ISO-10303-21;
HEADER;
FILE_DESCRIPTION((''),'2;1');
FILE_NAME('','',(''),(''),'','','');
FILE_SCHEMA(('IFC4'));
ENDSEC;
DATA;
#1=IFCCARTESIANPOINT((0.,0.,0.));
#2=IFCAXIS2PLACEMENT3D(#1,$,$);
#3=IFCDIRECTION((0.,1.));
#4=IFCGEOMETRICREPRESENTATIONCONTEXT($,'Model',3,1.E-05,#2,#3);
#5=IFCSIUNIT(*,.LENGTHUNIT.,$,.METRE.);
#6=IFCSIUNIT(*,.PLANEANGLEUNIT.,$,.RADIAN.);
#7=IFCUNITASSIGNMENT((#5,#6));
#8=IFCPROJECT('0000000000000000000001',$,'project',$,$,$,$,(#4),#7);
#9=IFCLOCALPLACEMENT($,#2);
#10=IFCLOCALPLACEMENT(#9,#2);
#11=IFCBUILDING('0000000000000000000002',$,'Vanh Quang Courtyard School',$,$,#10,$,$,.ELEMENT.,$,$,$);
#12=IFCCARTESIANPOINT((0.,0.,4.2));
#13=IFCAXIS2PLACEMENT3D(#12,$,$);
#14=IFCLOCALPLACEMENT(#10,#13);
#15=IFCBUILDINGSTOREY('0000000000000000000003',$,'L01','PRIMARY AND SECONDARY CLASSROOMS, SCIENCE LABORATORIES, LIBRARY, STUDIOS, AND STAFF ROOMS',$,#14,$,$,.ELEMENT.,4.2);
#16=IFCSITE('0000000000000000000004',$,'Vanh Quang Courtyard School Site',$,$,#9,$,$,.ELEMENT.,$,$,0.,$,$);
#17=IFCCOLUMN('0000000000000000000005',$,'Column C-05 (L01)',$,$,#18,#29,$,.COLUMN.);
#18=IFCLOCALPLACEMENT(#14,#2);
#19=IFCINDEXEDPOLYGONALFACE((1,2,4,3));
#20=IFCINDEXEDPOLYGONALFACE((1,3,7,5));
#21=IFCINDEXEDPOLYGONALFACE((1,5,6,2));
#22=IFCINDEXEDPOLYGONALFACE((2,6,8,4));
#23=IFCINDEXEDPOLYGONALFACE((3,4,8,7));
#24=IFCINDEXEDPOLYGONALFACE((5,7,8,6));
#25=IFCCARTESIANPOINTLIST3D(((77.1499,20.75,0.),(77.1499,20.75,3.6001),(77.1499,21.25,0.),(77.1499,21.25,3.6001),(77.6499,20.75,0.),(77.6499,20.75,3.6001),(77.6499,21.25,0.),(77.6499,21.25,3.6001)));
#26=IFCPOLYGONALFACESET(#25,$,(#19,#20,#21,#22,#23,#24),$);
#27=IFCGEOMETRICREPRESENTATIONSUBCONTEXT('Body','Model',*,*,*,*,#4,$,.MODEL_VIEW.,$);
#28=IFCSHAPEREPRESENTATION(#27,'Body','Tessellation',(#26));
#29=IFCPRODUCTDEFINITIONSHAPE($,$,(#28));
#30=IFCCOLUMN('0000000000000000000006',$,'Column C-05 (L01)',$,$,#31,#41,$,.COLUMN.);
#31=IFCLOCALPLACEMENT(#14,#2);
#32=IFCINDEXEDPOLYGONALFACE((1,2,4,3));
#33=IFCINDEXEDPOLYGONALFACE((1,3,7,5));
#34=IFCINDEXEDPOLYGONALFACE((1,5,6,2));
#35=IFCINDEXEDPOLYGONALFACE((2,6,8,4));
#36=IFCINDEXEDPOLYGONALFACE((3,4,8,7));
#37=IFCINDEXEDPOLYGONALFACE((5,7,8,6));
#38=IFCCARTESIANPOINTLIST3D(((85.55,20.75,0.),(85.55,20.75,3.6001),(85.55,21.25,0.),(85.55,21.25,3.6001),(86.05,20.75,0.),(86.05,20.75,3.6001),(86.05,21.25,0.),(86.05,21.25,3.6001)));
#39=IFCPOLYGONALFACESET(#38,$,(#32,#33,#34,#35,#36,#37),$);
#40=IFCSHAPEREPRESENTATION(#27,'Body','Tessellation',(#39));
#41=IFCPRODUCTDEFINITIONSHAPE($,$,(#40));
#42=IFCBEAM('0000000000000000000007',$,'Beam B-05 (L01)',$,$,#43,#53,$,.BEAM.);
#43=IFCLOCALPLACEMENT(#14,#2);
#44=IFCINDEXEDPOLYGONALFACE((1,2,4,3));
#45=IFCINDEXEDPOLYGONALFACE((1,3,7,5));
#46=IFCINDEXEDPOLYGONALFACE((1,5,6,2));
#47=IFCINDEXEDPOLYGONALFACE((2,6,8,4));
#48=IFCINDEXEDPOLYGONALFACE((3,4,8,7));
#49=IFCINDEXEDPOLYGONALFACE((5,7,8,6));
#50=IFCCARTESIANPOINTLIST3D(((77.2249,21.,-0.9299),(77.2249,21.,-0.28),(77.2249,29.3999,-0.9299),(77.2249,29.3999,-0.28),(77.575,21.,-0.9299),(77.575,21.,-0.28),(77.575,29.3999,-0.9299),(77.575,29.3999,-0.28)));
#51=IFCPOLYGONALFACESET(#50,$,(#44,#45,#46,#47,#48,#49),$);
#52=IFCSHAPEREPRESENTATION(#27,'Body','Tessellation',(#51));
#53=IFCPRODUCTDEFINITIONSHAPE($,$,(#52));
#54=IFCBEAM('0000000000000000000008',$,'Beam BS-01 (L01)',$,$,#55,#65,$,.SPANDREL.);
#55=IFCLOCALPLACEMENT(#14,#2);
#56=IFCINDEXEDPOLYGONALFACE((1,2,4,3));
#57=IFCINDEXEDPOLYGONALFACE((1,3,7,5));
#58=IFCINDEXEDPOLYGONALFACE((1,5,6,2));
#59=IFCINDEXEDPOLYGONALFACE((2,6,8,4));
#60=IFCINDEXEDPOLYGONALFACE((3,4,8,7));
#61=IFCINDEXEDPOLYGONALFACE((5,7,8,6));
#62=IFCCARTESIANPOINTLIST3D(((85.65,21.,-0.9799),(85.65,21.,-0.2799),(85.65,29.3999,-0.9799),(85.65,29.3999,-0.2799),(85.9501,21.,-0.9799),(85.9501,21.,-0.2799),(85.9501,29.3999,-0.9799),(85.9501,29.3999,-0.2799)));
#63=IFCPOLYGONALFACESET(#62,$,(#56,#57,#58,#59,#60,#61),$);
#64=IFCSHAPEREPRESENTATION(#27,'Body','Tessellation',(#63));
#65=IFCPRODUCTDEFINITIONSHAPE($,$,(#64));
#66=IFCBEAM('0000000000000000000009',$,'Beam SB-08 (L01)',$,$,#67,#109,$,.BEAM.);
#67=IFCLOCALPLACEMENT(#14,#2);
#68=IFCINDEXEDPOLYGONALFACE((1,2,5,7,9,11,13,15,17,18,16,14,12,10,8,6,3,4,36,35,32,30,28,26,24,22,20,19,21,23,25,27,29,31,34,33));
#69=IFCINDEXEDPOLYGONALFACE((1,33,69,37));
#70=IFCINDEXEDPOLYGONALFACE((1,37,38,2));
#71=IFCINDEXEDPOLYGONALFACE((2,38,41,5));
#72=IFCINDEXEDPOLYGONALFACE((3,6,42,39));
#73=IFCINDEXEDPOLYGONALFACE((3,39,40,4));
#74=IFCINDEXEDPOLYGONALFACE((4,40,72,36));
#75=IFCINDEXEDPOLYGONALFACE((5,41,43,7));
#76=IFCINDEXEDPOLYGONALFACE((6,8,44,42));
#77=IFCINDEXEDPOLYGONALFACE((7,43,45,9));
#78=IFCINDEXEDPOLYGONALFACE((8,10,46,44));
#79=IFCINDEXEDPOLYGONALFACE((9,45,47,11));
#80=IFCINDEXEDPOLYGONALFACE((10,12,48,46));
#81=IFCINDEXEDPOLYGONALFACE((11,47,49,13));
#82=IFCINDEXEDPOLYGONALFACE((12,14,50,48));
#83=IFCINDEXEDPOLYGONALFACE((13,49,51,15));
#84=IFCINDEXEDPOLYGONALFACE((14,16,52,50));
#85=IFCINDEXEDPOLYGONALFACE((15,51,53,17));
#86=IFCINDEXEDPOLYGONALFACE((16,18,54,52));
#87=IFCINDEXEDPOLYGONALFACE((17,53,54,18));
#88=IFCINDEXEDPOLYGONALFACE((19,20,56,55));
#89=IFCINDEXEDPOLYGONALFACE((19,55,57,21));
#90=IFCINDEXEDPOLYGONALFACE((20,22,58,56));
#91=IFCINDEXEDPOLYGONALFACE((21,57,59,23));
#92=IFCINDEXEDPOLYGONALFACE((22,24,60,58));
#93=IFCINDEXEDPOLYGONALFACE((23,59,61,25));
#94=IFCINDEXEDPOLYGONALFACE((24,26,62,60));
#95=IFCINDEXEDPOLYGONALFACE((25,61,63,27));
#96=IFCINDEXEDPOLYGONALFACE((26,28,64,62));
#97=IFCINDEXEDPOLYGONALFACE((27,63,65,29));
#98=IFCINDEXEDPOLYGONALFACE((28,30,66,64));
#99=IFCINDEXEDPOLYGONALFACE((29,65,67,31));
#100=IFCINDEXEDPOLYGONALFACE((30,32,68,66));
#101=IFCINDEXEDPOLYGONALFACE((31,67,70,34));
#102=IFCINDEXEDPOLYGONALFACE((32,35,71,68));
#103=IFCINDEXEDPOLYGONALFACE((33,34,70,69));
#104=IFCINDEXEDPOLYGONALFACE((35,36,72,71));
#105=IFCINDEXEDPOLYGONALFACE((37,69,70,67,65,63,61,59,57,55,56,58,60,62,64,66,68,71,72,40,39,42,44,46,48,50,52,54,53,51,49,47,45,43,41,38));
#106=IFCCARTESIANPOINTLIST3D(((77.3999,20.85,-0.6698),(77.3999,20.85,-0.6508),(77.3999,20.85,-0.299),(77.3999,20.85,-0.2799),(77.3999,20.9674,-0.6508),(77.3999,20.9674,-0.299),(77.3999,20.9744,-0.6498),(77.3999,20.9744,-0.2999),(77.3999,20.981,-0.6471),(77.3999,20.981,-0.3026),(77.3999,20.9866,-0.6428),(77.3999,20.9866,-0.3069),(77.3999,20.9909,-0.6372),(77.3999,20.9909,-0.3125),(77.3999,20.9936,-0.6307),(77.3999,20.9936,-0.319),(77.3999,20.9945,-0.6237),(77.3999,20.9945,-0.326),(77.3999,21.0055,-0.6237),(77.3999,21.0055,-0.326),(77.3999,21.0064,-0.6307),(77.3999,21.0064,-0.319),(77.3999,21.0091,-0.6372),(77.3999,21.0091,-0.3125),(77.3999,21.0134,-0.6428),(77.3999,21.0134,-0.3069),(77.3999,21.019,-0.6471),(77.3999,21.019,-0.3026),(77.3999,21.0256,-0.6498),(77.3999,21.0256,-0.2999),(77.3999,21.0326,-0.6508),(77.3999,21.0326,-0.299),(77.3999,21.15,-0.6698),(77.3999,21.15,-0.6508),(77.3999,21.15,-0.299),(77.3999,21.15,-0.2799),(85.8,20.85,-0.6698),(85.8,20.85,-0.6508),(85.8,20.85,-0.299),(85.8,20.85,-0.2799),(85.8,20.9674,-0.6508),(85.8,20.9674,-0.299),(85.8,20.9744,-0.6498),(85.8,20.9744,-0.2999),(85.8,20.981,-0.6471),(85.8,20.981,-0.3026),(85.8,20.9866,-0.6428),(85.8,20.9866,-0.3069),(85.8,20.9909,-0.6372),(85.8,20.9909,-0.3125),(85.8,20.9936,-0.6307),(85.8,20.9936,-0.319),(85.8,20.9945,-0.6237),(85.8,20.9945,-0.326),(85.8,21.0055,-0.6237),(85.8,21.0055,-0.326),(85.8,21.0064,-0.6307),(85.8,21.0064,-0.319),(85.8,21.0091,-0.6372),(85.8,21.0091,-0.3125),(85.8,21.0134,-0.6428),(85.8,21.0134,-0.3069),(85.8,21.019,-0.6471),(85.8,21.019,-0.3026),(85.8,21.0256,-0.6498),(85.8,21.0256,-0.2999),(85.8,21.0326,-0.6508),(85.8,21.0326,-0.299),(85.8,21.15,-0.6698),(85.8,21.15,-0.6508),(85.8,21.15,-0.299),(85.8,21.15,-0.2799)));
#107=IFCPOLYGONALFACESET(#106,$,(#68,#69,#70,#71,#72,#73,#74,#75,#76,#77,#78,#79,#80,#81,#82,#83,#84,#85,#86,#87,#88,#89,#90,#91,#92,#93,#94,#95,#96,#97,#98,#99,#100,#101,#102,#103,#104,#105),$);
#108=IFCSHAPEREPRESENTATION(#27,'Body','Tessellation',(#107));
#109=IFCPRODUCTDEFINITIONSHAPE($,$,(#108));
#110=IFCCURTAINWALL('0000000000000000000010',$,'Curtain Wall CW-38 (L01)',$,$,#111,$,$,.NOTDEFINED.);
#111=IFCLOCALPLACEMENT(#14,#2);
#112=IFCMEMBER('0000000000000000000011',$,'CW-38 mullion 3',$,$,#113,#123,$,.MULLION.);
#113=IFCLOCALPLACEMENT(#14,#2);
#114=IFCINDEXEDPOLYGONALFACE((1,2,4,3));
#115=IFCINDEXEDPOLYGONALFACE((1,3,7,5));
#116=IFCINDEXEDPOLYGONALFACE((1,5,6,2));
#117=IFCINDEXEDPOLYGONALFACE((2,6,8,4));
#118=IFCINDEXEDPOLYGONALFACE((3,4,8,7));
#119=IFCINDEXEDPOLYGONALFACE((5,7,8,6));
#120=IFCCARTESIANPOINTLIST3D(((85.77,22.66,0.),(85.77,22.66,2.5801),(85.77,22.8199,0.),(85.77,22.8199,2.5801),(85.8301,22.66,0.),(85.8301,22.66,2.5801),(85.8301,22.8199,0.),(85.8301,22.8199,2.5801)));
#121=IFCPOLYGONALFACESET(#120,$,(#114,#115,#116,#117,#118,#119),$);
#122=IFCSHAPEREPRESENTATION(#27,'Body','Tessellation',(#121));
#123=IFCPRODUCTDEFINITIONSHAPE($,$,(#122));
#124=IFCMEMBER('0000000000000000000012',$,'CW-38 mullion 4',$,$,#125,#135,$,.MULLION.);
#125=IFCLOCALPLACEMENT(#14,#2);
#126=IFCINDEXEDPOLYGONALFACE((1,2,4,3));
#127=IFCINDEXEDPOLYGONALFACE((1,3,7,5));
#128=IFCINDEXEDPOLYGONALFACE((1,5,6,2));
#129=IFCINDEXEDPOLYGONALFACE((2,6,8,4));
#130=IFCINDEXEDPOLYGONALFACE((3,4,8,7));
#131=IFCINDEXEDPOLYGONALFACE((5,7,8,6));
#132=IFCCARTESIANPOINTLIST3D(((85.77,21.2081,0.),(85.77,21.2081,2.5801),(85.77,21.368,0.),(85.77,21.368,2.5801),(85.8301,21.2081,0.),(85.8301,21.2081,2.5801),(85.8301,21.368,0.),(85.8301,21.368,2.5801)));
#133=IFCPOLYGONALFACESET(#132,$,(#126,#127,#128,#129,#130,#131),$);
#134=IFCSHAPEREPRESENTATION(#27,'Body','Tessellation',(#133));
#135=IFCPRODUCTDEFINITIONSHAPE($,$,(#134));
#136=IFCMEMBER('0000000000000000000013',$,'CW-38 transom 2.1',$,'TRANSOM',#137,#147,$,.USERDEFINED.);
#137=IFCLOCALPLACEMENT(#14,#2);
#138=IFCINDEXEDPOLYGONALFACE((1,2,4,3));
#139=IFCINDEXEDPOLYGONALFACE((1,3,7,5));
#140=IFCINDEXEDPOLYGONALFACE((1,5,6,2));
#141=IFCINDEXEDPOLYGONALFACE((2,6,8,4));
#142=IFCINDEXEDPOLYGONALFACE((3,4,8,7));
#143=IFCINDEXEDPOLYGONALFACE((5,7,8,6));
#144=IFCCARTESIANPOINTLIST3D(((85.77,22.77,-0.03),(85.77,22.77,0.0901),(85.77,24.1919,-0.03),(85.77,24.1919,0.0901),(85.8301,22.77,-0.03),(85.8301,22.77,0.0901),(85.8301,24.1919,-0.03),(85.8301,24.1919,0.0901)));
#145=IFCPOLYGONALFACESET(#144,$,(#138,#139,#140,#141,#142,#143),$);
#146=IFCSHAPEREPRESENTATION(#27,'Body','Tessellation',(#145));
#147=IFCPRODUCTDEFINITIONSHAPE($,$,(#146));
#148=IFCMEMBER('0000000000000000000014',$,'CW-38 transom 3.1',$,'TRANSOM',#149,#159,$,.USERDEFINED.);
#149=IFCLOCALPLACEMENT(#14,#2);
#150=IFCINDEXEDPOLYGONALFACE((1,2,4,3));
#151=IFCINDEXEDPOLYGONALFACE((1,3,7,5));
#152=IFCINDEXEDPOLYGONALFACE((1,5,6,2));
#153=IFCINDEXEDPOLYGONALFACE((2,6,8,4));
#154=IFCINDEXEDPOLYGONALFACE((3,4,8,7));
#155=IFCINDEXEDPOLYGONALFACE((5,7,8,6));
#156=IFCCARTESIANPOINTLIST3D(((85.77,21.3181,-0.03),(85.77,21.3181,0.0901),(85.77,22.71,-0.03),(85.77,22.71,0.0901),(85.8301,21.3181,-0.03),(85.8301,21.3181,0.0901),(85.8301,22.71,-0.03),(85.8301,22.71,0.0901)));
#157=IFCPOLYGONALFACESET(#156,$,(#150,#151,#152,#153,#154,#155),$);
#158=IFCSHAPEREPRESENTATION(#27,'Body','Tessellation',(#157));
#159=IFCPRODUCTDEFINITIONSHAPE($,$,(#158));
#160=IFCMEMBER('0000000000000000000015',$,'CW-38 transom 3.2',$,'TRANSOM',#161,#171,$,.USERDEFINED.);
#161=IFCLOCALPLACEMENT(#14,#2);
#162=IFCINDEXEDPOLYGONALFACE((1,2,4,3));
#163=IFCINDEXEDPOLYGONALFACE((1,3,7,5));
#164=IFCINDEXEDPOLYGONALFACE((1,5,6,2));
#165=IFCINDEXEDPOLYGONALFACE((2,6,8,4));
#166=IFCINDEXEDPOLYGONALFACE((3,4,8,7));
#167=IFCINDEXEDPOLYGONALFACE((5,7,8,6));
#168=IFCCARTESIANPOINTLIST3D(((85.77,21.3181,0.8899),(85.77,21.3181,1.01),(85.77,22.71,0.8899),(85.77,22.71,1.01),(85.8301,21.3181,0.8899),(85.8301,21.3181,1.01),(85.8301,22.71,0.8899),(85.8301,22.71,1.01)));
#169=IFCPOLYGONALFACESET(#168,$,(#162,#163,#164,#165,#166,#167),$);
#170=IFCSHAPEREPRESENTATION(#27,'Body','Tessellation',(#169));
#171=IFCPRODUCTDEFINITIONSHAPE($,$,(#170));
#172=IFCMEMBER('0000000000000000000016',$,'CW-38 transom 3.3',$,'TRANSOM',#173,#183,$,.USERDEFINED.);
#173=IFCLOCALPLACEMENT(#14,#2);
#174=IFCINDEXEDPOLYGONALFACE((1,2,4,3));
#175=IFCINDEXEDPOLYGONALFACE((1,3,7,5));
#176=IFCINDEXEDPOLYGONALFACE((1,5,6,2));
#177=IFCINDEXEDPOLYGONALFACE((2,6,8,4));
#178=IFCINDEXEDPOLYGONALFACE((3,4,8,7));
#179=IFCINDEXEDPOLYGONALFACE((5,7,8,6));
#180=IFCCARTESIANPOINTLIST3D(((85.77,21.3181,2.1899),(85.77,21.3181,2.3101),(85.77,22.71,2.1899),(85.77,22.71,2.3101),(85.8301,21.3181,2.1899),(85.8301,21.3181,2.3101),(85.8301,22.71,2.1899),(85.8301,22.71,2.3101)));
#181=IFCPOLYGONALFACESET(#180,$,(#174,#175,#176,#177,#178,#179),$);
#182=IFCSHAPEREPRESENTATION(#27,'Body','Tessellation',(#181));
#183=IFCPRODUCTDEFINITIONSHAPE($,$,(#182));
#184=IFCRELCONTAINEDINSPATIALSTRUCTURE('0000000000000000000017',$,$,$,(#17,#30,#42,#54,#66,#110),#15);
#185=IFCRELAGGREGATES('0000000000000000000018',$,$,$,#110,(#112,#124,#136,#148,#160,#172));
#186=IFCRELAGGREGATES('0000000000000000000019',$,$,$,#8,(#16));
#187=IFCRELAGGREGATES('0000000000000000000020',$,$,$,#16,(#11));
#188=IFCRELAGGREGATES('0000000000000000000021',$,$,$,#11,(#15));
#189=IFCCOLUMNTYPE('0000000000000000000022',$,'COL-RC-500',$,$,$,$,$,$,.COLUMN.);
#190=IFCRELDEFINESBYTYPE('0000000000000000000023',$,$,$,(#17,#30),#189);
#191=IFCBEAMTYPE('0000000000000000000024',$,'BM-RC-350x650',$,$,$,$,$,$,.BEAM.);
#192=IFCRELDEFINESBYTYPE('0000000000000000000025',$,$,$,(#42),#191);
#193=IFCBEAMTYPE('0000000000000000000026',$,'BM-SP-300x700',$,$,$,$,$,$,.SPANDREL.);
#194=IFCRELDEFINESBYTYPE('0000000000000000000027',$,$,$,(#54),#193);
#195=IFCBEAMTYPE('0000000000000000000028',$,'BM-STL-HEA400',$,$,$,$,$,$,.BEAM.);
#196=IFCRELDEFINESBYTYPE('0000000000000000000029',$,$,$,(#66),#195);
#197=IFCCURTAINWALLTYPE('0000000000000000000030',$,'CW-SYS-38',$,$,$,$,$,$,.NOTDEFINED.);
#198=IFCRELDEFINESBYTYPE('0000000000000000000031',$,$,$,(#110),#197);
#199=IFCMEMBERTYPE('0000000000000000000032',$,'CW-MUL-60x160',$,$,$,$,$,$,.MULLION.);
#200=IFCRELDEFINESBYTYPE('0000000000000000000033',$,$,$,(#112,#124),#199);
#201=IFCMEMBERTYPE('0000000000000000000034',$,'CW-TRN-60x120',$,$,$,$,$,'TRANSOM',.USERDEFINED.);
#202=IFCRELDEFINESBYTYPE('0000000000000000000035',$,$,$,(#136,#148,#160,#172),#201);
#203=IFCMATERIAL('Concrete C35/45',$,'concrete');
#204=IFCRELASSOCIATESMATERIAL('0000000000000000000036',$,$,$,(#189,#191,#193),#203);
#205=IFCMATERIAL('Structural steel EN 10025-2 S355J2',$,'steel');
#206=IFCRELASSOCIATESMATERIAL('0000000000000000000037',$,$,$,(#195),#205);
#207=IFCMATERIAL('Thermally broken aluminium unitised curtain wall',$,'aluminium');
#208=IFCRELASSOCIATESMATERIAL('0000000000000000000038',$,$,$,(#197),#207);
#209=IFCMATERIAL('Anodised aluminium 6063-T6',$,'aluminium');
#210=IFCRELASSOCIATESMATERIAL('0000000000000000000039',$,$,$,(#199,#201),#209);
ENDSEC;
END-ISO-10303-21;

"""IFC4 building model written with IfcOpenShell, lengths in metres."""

from ifc_helpers import new_model, si_unit, direction, frame, origin, origin_2d, place, context, subcontext, project, spatial, rectangle, i_section, extrude, material, material_profile, profile_set, type_object, element, aggregate, save


model = new_model("IFC4")

# Units and contexts
model_context = context("Model", 3, precision=1e-05, world=origin(), true_north=direction((0.0, 1.0)))
body_context = subcontext(model_context, "Body", "Model", "MODEL_VIEW")
ifc_project = project(units=[si_unit("LENGTHUNIT", "METRE"), si_unit("PLANEANGLEUNIT", "RADIAN")], contexts=[model_context])

# Site, building, storey
site_placement = place(None, origin())
site = spatial("IfcSite", under=ifc_project, at=site_placement, Name="Vanh Quang Courtyard School Site", CompositionType="ELEMENT", RefElevation=0.0)
building_placement = place(site_placement, origin())
building = spatial("IfcBuilding", under=site, at=building_placement, Name="Vanh Quang Courtyard School", CompositionType="ELEMENT")
storey_placement = place(building_placement, frame((0.0, 0.0, 4.2)))
storey = spatial("IfcBuildingStorey", under=building, at=storey_placement, Name="L01", Description="PRIMARY AND SECONDARY CLASSROOMS, SCIENCE LABORATORIES, LIBRARY, STUDIOS, AND STAFF ROOMS", CompositionType="ELEMENT", Elevation=4.2)

# Columns
ifc_material_1 = material(Name="Concrete C35/45", Category="concrete")
ifc_material_profile_1 = material_profile(ifc_material_1, rectangle(XDim=0.5, YDim=0.5, at=origin_2d()), Name="RC-COL 500x500")
ifc_profile_set_1 = profile_set([ifc_material_profile_1], Name="Concrete C35/45")
column_type = type_object("IfcColumnType", Name="COL-RC-500", PredefinedType="COLUMN", material=ifc_profile_set_1)
for number, where, z_axis, x_axis, name in (
    (1, (77.3999, 21.0, 0.0), (0.0, 0.0, 1.0), (1.0, 0.0, 0.0), "Column C-05 (L01)"),
    (2, (85.8, 21.0, 0.0), (0.0, 0.0, 1.0), (1.0, 0.0, 0.0), "Column C-05 (L01)"),
):
    element("IfcColumn", number, at=place(storey_placement, frame(where, z_axis=z_axis, x_axis=x_axis)), inside=storey, type_object=column_type, Name=name, PredefinedType="COLUMN", context=body_context, shape_type="SweptSolid", body=[
        extrude(rectangle(XDim=0.5, YDim=0.5, at=origin_2d()), origin(), (0.0, 0.0, 1.0), 3.6001),
    ])

# Beams
ifc_material_profile_2 = material_profile(ifc_material_1, rectangle(XDim=0.3501, YDim=0.6499, at=origin_2d()), Name="RC-BM 350x650")
ifc_profile_set_2 = profile_set([ifc_material_profile_2], Name="Concrete C35/45")
beam_type_1 = type_object("IfcBeamType", Name="BM-RC-350x650", PredefinedType="BEAM", material=ifc_profile_set_2)
beam_1_placement = place(storey_placement, frame((77.3999, 21.0, -0.605), z_axis=(0.0, 1.0, 0.0), x_axis=(-1.0, 0.0, 0.0)))
element("IfcBeam", 3, at=beam_1_placement, inside=storey, type_object=beam_type_1, Name="Beam B-05 (L01)", PredefinedType="BEAM", context=body_context, shape_type="SweptSolid", body=[
    extrude(rectangle(XDim=0.3501, YDim=0.6499, at=origin_2d()), origin(), (0.0, 0.0, 1.0), 8.3999),
])
ifc_material_profile_3 = material_profile(ifc_material_1, rectangle(XDim=0.3, YDim=0.7, at=origin_2d()), Name="RC-SP 300x700")
ifc_profile_set_3 = profile_set([ifc_material_profile_3], Name="Concrete C35/45")
beam_type_2 = type_object("IfcBeamType", Name="BM-SP-300x700", PredefinedType="SPANDREL", material=ifc_profile_set_3)
beam_2_placement = place(storey_placement, frame((85.8, 21.0, -0.6299), z_axis=(0.0, 1.0, 0.0), x_axis=(-1.0, 0.0, 0.0)))
element("IfcBeam", 4, at=beam_2_placement, inside=storey, type_object=beam_type_2, Name="Beam BS-01 (L01)", PredefinedType="SPANDREL", context=body_context, shape_type="SweptSolid", body=[
    extrude(rectangle(XDim=0.3, YDim=0.7, at=origin_2d()), origin(), (0.0, 0.0, 1.0), 8.3999),
])
ifc_material_2 = material(Name="Structural steel EN 10025-2 S355J2", Category="steel")
ifc_material_profile_4 = material_profile(ifc_material_2, i_section(OverallWidth=0.3, OverallDepth=0.3899, WebThickness=0.011, FlangeThickness=0.019, FilletRadius=0.0271, at=origin_2d()), Name="HEA 400")
ifc_profile_set_4 = profile_set([ifc_material_profile_4], Name="Structural steel EN 10025-2 S355J2")
beam_type_3 = type_object("IfcBeamType", Name="BM-STL-HEA400", PredefinedType="BEAM", material=ifc_profile_set_4)
beam_3_placement = place(storey_placement, frame((77.3999, 21.0, -0.4749), z_axis=(1.0, 0.0, 0.0), x_axis=(0.0, 1.0, 0.0)))
element("IfcBeam", 5, at=beam_3_placement, inside=storey, type_object=beam_type_3, Name="Beam SB-08 (L01)", PredefinedType="BEAM", context=body_context, shape_type="SweptSolid", body=[
    extrude(i_section(OverallWidth=0.3, OverallDepth=0.3899, WebThickness=0.011, FlangeThickness=0.019, FilletRadius=0.0271, at=origin_2d()), origin(), (0.0, 0.0, 1.0), 8.4001),
])

# Curtain wall, members
ifc_material_3 = material(Name="Thermally broken aluminium unitised curtain wall", Category="aluminium")
curtain_wall_type_1 = type_object("IfcCurtainWallType", Name="CW-SYS-38", PredefinedType="NOTDEFINED", material=ifc_material_3)
curtain_wall_1_placement = place(storey_placement, origin())
curtain_wall_1 = element("IfcCurtainWall", 6, at=curtain_wall_1_placement, inside=storey, type_object=curtain_wall_type_1, Name="Curtain Wall CW-38 (L01)", PredefinedType="NOTDEFINED")
ifc_material_4 = material(Name="Anodised aluminium 6063-T6", Category="aluminium")
ifc_material_profile_5 = material_profile(ifc_material_4, rectangle(XDim=0.0601, YDim=0.1599, at=origin_2d()), Name="ALU-MUL 60x160")
ifc_profile_set_5 = profile_set([ifc_material_profile_5], Name="Anodised aluminium 6063-T6")
member_type_1 = type_object("IfcMemberType", Name="CW-MUL-60x160", PredefinedType="MULLION", material=ifc_profile_set_5)
member_1_placement = place(storey_placement, frame((85.8, 22.74, 0.0), z_axis=(0.0, 0.0, 1.0), x_axis=(1.0, 0.0, 0.0)))
member_1 = element("IfcMember", 7, at=member_1_placement, type_object=member_type_1, Name="CW-38 mullion 3", PredefinedType="MULLION", context=body_context, shape_type="SweptSolid", body=[
    extrude(rectangle(XDim=0.0601, YDim=0.1599, at=origin_2d()), origin(), (0.0, 0.0, 1.0), 2.5801),
])
member_2_placement = place(storey_placement, frame((85.8, 21.2881, 0.0), z_axis=(0.0, 0.0, 1.0), x_axis=(1.0, 0.0, 0.0)))
member_2 = element("IfcMember", 8, at=member_2_placement, type_object=member_type_1, Name="CW-38 mullion 4", PredefinedType="MULLION", context=body_context, shape_type="SweptSolid", body=[
    extrude(rectangle(XDim=0.0601, YDim=0.1599, at=origin_2d()), origin(), (0.0, 0.0, 1.0), 2.5801),
])
ifc_material_profile_6 = material_profile(ifc_material_4, rectangle(XDim=0.0601, YDim=0.1201, at=origin_2d()), Name="ALU-TRN 60x120")
ifc_profile_set_6 = profile_set([ifc_material_profile_6], Name="Anodised aluminium 6063-T6")
member_type_2 = type_object("IfcMemberType", Name="CW-TRN-60x120", ElementType="TRANSOM", PredefinedType="USERDEFINED", material=ifc_profile_set_6)
member_3_placement = place(storey_placement, frame((85.8, 24.1919, 0.03), z_axis=(0.0, -1.0, 0.0), x_axis=(1.0, 0.0, 0.0)))
member_3 = element("IfcMember", 9, at=member_3_placement, type_object=member_type_2, Name="CW-38 transom 2.1", ObjectType="TRANSOM", PredefinedType="USERDEFINED", context=body_context, shape_type="SweptSolid", body=[
    extrude(rectangle(XDim=0.0601, YDim=0.1201, at=origin_2d()), origin(), (0.0, 0.0, 1.0), 1.4219),
])
member_4_placement = place(storey_placement, frame((85.8, 22.71, 0.03), z_axis=(0.0, -1.0, 0.0), x_axis=(1.0, 0.0, 0.0)))
member_4 = element("IfcMember", 10, at=member_4_placement, type_object=member_type_2, Name="CW-38 transom 3.1", ObjectType="TRANSOM", PredefinedType="USERDEFINED", context=body_context, shape_type="SweptSolid", body=[
    extrude(rectangle(XDim=0.0601, YDim=0.1201, at=origin_2d()), origin(), (0.0, 0.0, 1.0), 1.3918),
])
member_5_placement = place(storey_placement, frame((85.8, 22.71, 0.95), z_axis=(0.0, -1.0, 0.0), x_axis=(1.0, 0.0, 0.0)))
member_5 = element("IfcMember", 11, at=member_5_placement, type_object=member_type_2, Name="CW-38 transom 3.2", ObjectType="TRANSOM", PredefinedType="USERDEFINED", context=body_context, shape_type="SweptSolid", body=[
    extrude(rectangle(XDim=0.0601, YDim=0.1201, at=origin_2d()), origin(), (0.0, 0.0, 1.0), 1.3918),
])
member_6_placement = place(storey_placement, frame((85.8, 22.71, 2.25), z_axis=(0.0, -1.0, 0.0), x_axis=(1.0, 0.0, 0.0)))
member_6 = element("IfcMember", 12, at=member_6_placement, type_object=member_type_2, Name="CW-38 transom 3.3", ObjectType="TRANSOM", PredefinedType="USERDEFINED", context=body_context, shape_type="SweptSolid", body=[
    extrude(rectangle(XDim=0.0601, YDim=0.1201, at=origin_2d()), origin(), (0.0, 0.0, 1.0), 1.3918),
])

aggregate(curtain_wall_1, [member_1, member_2, member_3, member_4, member_5, member_6])

save(model, "model.ifc")
